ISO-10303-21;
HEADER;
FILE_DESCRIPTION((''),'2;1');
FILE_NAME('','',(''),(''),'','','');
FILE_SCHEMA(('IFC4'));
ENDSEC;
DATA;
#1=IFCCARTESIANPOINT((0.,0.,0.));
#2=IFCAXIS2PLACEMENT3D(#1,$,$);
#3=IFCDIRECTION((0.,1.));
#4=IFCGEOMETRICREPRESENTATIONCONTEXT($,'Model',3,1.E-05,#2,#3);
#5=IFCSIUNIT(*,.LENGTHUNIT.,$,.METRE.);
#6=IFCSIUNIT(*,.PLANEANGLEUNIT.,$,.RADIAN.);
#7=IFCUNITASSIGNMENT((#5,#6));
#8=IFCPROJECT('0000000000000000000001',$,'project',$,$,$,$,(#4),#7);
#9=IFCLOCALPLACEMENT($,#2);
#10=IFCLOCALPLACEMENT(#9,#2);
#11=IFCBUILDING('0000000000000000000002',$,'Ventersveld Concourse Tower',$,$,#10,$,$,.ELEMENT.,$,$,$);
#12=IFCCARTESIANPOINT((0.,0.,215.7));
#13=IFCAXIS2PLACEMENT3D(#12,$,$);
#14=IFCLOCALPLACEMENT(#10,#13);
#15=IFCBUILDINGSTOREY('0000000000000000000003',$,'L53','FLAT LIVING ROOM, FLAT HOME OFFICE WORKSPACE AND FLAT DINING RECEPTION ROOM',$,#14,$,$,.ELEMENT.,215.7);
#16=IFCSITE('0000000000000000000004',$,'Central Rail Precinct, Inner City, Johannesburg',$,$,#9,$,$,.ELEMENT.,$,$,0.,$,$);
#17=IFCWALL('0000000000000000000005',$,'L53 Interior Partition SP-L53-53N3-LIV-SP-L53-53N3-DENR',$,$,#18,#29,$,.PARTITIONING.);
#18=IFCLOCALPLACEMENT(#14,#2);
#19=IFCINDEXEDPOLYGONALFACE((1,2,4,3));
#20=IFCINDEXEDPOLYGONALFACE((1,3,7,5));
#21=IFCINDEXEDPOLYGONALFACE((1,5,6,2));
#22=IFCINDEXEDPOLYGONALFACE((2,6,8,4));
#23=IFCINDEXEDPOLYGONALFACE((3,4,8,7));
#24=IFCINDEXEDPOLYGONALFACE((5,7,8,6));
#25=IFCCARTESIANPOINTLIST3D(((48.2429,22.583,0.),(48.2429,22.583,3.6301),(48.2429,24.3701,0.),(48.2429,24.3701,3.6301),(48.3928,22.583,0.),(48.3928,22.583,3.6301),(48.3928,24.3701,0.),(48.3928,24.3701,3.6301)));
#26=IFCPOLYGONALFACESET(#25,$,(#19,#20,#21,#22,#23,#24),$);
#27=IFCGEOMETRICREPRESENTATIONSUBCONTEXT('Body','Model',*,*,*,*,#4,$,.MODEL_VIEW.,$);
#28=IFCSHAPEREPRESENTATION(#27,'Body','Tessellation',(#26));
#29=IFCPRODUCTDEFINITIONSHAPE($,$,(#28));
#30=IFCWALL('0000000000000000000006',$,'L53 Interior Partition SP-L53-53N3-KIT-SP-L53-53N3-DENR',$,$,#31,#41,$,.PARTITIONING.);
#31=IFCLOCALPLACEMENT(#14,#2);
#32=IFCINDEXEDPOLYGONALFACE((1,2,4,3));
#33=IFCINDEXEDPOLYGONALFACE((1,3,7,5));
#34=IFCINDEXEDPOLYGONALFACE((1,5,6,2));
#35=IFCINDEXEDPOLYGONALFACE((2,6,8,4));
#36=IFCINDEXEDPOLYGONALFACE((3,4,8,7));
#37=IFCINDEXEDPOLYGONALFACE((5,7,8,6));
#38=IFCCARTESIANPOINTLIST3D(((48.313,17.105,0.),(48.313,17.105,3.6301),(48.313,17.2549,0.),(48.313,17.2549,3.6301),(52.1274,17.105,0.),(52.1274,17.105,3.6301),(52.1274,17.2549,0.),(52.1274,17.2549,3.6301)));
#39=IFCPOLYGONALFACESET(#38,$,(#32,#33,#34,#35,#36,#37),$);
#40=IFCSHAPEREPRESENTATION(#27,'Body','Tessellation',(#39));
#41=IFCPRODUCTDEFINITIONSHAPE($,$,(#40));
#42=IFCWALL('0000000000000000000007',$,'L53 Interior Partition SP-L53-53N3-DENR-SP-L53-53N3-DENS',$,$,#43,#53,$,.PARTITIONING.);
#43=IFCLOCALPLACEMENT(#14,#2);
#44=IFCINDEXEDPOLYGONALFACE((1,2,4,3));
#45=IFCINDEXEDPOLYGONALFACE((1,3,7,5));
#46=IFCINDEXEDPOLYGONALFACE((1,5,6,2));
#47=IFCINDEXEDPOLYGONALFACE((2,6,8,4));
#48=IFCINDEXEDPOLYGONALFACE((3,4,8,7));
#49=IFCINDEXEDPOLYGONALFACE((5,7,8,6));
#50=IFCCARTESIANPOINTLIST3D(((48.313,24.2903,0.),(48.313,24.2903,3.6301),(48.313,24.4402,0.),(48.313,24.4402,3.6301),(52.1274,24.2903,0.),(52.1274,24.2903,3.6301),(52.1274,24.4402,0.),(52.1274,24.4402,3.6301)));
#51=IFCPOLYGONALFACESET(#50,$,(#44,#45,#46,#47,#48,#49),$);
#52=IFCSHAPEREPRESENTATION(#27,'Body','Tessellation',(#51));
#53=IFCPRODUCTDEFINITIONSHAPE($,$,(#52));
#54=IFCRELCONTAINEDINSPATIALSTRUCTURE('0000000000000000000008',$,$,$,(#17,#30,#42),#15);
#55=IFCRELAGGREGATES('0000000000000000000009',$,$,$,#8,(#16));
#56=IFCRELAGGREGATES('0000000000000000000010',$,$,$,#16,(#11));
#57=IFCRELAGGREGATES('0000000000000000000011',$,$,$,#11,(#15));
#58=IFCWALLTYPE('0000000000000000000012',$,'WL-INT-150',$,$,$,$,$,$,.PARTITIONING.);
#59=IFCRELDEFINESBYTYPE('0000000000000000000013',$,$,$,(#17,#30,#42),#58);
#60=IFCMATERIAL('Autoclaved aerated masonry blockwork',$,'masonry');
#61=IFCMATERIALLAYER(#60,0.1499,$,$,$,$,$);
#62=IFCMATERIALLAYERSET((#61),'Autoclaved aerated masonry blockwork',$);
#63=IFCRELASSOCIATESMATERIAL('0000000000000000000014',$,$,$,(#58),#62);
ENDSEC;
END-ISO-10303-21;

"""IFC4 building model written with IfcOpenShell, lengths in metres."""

from ifc_helpers import new_model, si_unit, direction, frame, frame_2d, origin, place, context, subcontext, project, spatial, rectangle, extrude, material, layer, layer_set, type_object, element, save


model = new_model("IFC4")

# Units and contexts
model_context = context("Model", 3, precision=1e-05, world=origin(), true_north=direction((0.0, 1.0)))
body_context = subcontext(model_context, "Body", "Model", "MODEL_VIEW")
ifc_project = project(units=[si_unit("LENGTHUNIT", "METRE"), si_unit("PLANEANGLEUNIT", "RADIAN")], contexts=[model_context])

# Site, building, storey
site_placement = place(None, origin())
site = spatial("IfcSite", under=ifc_project, at=site_placement, Name="Central Rail Precinct, Inner City, Johannesburg", CompositionType="ELEMENT", RefElevation=0.0)
building_placement = place(site_placement, origin())
building = spatial("IfcBuilding", under=site, at=building_placement, Name="Ventersveld Concourse Tower", CompositionType="ELEMENT")
storey_placement = place(building_placement, frame((0.0, 0.0, 215.7)))
storey = spatial("IfcBuildingStorey", under=building, at=storey_placement, Name="L53", Description="FLAT LIVING ROOM, FLAT HOME OFFICE WORKSPACE AND FLAT DINING RECEPTION ROOM", CompositionType="ELEMENT", Elevation=215.7)

# Shared definitions
ifc_material_1 = material(Name="Autoclaved aerated masonry blockwork", Category="masonry")
ifc_layer_1 = layer(ifc_material_1, 0.1499)
ifc_layer_set_1 = layer_set([ifc_layer_1], Name="Autoclaved aerated masonry blockwork")
wall_type_1 = type_object("IfcWallType", Name="WL-INT-150", PredefinedType="PARTITIONING", material=ifc_layer_set_1)

# Walls
wall_1_placement = place(storey_placement, frame((48.3179, 22.583, 0.0), z_axis=(0.0, 0.0, 1.0), x_axis=(0.0, 1.0, 0.0)))
element("IfcWall", 1, at=wall_1_placement, inside=storey, type_object=wall_type_1, Name="L53 Interior Partition SP-L53-53N3-LIV-SP-L53-53N3-DENR", PredefinedType="PARTITIONING", context=body_context, shape_type="SweptSolid", body=[
    extrude(rectangle(XDim=1.7871, YDim=0.1499, at=frame_2d((0.8936, 0.0))), origin(), (0.0, 0.0, 1.0), 3.6301),
])
for number, where, z_axis, x_axis, name in (
    (2, (48.313, 17.1799, 0.0), (0.0, 0.0, 1.0), (1.0, 0.0, 0.0), "L53 Interior Partition SP-L53-53N3-KIT-SP-L53-53N3-DENR"),
    (3, (48.313, 24.3652, 0.0), (0.0, 0.0, 1.0), (1.0, 0.0, 0.0), "L53 Interior Partition SP-L53-53N3-DENR-SP-L53-53N3-DENS"),
):
    element("IfcWall", number, at=place(storey_placement, frame(where, z_axis=z_axis, x_axis=x_axis)), inside=storey, type_object=wall_type_1, Name=name, PredefinedType="PARTITIONING", context=body_context, shape_type="SweptSolid", body=[
        extrude(rectangle(XDim=3.8145, YDim=0.1499, at=frame_2d((1.9072, 0.0))), origin(), (0.0, 0.0, 1.0), 3.6301),
    ])

save(model, "model.ifc")
